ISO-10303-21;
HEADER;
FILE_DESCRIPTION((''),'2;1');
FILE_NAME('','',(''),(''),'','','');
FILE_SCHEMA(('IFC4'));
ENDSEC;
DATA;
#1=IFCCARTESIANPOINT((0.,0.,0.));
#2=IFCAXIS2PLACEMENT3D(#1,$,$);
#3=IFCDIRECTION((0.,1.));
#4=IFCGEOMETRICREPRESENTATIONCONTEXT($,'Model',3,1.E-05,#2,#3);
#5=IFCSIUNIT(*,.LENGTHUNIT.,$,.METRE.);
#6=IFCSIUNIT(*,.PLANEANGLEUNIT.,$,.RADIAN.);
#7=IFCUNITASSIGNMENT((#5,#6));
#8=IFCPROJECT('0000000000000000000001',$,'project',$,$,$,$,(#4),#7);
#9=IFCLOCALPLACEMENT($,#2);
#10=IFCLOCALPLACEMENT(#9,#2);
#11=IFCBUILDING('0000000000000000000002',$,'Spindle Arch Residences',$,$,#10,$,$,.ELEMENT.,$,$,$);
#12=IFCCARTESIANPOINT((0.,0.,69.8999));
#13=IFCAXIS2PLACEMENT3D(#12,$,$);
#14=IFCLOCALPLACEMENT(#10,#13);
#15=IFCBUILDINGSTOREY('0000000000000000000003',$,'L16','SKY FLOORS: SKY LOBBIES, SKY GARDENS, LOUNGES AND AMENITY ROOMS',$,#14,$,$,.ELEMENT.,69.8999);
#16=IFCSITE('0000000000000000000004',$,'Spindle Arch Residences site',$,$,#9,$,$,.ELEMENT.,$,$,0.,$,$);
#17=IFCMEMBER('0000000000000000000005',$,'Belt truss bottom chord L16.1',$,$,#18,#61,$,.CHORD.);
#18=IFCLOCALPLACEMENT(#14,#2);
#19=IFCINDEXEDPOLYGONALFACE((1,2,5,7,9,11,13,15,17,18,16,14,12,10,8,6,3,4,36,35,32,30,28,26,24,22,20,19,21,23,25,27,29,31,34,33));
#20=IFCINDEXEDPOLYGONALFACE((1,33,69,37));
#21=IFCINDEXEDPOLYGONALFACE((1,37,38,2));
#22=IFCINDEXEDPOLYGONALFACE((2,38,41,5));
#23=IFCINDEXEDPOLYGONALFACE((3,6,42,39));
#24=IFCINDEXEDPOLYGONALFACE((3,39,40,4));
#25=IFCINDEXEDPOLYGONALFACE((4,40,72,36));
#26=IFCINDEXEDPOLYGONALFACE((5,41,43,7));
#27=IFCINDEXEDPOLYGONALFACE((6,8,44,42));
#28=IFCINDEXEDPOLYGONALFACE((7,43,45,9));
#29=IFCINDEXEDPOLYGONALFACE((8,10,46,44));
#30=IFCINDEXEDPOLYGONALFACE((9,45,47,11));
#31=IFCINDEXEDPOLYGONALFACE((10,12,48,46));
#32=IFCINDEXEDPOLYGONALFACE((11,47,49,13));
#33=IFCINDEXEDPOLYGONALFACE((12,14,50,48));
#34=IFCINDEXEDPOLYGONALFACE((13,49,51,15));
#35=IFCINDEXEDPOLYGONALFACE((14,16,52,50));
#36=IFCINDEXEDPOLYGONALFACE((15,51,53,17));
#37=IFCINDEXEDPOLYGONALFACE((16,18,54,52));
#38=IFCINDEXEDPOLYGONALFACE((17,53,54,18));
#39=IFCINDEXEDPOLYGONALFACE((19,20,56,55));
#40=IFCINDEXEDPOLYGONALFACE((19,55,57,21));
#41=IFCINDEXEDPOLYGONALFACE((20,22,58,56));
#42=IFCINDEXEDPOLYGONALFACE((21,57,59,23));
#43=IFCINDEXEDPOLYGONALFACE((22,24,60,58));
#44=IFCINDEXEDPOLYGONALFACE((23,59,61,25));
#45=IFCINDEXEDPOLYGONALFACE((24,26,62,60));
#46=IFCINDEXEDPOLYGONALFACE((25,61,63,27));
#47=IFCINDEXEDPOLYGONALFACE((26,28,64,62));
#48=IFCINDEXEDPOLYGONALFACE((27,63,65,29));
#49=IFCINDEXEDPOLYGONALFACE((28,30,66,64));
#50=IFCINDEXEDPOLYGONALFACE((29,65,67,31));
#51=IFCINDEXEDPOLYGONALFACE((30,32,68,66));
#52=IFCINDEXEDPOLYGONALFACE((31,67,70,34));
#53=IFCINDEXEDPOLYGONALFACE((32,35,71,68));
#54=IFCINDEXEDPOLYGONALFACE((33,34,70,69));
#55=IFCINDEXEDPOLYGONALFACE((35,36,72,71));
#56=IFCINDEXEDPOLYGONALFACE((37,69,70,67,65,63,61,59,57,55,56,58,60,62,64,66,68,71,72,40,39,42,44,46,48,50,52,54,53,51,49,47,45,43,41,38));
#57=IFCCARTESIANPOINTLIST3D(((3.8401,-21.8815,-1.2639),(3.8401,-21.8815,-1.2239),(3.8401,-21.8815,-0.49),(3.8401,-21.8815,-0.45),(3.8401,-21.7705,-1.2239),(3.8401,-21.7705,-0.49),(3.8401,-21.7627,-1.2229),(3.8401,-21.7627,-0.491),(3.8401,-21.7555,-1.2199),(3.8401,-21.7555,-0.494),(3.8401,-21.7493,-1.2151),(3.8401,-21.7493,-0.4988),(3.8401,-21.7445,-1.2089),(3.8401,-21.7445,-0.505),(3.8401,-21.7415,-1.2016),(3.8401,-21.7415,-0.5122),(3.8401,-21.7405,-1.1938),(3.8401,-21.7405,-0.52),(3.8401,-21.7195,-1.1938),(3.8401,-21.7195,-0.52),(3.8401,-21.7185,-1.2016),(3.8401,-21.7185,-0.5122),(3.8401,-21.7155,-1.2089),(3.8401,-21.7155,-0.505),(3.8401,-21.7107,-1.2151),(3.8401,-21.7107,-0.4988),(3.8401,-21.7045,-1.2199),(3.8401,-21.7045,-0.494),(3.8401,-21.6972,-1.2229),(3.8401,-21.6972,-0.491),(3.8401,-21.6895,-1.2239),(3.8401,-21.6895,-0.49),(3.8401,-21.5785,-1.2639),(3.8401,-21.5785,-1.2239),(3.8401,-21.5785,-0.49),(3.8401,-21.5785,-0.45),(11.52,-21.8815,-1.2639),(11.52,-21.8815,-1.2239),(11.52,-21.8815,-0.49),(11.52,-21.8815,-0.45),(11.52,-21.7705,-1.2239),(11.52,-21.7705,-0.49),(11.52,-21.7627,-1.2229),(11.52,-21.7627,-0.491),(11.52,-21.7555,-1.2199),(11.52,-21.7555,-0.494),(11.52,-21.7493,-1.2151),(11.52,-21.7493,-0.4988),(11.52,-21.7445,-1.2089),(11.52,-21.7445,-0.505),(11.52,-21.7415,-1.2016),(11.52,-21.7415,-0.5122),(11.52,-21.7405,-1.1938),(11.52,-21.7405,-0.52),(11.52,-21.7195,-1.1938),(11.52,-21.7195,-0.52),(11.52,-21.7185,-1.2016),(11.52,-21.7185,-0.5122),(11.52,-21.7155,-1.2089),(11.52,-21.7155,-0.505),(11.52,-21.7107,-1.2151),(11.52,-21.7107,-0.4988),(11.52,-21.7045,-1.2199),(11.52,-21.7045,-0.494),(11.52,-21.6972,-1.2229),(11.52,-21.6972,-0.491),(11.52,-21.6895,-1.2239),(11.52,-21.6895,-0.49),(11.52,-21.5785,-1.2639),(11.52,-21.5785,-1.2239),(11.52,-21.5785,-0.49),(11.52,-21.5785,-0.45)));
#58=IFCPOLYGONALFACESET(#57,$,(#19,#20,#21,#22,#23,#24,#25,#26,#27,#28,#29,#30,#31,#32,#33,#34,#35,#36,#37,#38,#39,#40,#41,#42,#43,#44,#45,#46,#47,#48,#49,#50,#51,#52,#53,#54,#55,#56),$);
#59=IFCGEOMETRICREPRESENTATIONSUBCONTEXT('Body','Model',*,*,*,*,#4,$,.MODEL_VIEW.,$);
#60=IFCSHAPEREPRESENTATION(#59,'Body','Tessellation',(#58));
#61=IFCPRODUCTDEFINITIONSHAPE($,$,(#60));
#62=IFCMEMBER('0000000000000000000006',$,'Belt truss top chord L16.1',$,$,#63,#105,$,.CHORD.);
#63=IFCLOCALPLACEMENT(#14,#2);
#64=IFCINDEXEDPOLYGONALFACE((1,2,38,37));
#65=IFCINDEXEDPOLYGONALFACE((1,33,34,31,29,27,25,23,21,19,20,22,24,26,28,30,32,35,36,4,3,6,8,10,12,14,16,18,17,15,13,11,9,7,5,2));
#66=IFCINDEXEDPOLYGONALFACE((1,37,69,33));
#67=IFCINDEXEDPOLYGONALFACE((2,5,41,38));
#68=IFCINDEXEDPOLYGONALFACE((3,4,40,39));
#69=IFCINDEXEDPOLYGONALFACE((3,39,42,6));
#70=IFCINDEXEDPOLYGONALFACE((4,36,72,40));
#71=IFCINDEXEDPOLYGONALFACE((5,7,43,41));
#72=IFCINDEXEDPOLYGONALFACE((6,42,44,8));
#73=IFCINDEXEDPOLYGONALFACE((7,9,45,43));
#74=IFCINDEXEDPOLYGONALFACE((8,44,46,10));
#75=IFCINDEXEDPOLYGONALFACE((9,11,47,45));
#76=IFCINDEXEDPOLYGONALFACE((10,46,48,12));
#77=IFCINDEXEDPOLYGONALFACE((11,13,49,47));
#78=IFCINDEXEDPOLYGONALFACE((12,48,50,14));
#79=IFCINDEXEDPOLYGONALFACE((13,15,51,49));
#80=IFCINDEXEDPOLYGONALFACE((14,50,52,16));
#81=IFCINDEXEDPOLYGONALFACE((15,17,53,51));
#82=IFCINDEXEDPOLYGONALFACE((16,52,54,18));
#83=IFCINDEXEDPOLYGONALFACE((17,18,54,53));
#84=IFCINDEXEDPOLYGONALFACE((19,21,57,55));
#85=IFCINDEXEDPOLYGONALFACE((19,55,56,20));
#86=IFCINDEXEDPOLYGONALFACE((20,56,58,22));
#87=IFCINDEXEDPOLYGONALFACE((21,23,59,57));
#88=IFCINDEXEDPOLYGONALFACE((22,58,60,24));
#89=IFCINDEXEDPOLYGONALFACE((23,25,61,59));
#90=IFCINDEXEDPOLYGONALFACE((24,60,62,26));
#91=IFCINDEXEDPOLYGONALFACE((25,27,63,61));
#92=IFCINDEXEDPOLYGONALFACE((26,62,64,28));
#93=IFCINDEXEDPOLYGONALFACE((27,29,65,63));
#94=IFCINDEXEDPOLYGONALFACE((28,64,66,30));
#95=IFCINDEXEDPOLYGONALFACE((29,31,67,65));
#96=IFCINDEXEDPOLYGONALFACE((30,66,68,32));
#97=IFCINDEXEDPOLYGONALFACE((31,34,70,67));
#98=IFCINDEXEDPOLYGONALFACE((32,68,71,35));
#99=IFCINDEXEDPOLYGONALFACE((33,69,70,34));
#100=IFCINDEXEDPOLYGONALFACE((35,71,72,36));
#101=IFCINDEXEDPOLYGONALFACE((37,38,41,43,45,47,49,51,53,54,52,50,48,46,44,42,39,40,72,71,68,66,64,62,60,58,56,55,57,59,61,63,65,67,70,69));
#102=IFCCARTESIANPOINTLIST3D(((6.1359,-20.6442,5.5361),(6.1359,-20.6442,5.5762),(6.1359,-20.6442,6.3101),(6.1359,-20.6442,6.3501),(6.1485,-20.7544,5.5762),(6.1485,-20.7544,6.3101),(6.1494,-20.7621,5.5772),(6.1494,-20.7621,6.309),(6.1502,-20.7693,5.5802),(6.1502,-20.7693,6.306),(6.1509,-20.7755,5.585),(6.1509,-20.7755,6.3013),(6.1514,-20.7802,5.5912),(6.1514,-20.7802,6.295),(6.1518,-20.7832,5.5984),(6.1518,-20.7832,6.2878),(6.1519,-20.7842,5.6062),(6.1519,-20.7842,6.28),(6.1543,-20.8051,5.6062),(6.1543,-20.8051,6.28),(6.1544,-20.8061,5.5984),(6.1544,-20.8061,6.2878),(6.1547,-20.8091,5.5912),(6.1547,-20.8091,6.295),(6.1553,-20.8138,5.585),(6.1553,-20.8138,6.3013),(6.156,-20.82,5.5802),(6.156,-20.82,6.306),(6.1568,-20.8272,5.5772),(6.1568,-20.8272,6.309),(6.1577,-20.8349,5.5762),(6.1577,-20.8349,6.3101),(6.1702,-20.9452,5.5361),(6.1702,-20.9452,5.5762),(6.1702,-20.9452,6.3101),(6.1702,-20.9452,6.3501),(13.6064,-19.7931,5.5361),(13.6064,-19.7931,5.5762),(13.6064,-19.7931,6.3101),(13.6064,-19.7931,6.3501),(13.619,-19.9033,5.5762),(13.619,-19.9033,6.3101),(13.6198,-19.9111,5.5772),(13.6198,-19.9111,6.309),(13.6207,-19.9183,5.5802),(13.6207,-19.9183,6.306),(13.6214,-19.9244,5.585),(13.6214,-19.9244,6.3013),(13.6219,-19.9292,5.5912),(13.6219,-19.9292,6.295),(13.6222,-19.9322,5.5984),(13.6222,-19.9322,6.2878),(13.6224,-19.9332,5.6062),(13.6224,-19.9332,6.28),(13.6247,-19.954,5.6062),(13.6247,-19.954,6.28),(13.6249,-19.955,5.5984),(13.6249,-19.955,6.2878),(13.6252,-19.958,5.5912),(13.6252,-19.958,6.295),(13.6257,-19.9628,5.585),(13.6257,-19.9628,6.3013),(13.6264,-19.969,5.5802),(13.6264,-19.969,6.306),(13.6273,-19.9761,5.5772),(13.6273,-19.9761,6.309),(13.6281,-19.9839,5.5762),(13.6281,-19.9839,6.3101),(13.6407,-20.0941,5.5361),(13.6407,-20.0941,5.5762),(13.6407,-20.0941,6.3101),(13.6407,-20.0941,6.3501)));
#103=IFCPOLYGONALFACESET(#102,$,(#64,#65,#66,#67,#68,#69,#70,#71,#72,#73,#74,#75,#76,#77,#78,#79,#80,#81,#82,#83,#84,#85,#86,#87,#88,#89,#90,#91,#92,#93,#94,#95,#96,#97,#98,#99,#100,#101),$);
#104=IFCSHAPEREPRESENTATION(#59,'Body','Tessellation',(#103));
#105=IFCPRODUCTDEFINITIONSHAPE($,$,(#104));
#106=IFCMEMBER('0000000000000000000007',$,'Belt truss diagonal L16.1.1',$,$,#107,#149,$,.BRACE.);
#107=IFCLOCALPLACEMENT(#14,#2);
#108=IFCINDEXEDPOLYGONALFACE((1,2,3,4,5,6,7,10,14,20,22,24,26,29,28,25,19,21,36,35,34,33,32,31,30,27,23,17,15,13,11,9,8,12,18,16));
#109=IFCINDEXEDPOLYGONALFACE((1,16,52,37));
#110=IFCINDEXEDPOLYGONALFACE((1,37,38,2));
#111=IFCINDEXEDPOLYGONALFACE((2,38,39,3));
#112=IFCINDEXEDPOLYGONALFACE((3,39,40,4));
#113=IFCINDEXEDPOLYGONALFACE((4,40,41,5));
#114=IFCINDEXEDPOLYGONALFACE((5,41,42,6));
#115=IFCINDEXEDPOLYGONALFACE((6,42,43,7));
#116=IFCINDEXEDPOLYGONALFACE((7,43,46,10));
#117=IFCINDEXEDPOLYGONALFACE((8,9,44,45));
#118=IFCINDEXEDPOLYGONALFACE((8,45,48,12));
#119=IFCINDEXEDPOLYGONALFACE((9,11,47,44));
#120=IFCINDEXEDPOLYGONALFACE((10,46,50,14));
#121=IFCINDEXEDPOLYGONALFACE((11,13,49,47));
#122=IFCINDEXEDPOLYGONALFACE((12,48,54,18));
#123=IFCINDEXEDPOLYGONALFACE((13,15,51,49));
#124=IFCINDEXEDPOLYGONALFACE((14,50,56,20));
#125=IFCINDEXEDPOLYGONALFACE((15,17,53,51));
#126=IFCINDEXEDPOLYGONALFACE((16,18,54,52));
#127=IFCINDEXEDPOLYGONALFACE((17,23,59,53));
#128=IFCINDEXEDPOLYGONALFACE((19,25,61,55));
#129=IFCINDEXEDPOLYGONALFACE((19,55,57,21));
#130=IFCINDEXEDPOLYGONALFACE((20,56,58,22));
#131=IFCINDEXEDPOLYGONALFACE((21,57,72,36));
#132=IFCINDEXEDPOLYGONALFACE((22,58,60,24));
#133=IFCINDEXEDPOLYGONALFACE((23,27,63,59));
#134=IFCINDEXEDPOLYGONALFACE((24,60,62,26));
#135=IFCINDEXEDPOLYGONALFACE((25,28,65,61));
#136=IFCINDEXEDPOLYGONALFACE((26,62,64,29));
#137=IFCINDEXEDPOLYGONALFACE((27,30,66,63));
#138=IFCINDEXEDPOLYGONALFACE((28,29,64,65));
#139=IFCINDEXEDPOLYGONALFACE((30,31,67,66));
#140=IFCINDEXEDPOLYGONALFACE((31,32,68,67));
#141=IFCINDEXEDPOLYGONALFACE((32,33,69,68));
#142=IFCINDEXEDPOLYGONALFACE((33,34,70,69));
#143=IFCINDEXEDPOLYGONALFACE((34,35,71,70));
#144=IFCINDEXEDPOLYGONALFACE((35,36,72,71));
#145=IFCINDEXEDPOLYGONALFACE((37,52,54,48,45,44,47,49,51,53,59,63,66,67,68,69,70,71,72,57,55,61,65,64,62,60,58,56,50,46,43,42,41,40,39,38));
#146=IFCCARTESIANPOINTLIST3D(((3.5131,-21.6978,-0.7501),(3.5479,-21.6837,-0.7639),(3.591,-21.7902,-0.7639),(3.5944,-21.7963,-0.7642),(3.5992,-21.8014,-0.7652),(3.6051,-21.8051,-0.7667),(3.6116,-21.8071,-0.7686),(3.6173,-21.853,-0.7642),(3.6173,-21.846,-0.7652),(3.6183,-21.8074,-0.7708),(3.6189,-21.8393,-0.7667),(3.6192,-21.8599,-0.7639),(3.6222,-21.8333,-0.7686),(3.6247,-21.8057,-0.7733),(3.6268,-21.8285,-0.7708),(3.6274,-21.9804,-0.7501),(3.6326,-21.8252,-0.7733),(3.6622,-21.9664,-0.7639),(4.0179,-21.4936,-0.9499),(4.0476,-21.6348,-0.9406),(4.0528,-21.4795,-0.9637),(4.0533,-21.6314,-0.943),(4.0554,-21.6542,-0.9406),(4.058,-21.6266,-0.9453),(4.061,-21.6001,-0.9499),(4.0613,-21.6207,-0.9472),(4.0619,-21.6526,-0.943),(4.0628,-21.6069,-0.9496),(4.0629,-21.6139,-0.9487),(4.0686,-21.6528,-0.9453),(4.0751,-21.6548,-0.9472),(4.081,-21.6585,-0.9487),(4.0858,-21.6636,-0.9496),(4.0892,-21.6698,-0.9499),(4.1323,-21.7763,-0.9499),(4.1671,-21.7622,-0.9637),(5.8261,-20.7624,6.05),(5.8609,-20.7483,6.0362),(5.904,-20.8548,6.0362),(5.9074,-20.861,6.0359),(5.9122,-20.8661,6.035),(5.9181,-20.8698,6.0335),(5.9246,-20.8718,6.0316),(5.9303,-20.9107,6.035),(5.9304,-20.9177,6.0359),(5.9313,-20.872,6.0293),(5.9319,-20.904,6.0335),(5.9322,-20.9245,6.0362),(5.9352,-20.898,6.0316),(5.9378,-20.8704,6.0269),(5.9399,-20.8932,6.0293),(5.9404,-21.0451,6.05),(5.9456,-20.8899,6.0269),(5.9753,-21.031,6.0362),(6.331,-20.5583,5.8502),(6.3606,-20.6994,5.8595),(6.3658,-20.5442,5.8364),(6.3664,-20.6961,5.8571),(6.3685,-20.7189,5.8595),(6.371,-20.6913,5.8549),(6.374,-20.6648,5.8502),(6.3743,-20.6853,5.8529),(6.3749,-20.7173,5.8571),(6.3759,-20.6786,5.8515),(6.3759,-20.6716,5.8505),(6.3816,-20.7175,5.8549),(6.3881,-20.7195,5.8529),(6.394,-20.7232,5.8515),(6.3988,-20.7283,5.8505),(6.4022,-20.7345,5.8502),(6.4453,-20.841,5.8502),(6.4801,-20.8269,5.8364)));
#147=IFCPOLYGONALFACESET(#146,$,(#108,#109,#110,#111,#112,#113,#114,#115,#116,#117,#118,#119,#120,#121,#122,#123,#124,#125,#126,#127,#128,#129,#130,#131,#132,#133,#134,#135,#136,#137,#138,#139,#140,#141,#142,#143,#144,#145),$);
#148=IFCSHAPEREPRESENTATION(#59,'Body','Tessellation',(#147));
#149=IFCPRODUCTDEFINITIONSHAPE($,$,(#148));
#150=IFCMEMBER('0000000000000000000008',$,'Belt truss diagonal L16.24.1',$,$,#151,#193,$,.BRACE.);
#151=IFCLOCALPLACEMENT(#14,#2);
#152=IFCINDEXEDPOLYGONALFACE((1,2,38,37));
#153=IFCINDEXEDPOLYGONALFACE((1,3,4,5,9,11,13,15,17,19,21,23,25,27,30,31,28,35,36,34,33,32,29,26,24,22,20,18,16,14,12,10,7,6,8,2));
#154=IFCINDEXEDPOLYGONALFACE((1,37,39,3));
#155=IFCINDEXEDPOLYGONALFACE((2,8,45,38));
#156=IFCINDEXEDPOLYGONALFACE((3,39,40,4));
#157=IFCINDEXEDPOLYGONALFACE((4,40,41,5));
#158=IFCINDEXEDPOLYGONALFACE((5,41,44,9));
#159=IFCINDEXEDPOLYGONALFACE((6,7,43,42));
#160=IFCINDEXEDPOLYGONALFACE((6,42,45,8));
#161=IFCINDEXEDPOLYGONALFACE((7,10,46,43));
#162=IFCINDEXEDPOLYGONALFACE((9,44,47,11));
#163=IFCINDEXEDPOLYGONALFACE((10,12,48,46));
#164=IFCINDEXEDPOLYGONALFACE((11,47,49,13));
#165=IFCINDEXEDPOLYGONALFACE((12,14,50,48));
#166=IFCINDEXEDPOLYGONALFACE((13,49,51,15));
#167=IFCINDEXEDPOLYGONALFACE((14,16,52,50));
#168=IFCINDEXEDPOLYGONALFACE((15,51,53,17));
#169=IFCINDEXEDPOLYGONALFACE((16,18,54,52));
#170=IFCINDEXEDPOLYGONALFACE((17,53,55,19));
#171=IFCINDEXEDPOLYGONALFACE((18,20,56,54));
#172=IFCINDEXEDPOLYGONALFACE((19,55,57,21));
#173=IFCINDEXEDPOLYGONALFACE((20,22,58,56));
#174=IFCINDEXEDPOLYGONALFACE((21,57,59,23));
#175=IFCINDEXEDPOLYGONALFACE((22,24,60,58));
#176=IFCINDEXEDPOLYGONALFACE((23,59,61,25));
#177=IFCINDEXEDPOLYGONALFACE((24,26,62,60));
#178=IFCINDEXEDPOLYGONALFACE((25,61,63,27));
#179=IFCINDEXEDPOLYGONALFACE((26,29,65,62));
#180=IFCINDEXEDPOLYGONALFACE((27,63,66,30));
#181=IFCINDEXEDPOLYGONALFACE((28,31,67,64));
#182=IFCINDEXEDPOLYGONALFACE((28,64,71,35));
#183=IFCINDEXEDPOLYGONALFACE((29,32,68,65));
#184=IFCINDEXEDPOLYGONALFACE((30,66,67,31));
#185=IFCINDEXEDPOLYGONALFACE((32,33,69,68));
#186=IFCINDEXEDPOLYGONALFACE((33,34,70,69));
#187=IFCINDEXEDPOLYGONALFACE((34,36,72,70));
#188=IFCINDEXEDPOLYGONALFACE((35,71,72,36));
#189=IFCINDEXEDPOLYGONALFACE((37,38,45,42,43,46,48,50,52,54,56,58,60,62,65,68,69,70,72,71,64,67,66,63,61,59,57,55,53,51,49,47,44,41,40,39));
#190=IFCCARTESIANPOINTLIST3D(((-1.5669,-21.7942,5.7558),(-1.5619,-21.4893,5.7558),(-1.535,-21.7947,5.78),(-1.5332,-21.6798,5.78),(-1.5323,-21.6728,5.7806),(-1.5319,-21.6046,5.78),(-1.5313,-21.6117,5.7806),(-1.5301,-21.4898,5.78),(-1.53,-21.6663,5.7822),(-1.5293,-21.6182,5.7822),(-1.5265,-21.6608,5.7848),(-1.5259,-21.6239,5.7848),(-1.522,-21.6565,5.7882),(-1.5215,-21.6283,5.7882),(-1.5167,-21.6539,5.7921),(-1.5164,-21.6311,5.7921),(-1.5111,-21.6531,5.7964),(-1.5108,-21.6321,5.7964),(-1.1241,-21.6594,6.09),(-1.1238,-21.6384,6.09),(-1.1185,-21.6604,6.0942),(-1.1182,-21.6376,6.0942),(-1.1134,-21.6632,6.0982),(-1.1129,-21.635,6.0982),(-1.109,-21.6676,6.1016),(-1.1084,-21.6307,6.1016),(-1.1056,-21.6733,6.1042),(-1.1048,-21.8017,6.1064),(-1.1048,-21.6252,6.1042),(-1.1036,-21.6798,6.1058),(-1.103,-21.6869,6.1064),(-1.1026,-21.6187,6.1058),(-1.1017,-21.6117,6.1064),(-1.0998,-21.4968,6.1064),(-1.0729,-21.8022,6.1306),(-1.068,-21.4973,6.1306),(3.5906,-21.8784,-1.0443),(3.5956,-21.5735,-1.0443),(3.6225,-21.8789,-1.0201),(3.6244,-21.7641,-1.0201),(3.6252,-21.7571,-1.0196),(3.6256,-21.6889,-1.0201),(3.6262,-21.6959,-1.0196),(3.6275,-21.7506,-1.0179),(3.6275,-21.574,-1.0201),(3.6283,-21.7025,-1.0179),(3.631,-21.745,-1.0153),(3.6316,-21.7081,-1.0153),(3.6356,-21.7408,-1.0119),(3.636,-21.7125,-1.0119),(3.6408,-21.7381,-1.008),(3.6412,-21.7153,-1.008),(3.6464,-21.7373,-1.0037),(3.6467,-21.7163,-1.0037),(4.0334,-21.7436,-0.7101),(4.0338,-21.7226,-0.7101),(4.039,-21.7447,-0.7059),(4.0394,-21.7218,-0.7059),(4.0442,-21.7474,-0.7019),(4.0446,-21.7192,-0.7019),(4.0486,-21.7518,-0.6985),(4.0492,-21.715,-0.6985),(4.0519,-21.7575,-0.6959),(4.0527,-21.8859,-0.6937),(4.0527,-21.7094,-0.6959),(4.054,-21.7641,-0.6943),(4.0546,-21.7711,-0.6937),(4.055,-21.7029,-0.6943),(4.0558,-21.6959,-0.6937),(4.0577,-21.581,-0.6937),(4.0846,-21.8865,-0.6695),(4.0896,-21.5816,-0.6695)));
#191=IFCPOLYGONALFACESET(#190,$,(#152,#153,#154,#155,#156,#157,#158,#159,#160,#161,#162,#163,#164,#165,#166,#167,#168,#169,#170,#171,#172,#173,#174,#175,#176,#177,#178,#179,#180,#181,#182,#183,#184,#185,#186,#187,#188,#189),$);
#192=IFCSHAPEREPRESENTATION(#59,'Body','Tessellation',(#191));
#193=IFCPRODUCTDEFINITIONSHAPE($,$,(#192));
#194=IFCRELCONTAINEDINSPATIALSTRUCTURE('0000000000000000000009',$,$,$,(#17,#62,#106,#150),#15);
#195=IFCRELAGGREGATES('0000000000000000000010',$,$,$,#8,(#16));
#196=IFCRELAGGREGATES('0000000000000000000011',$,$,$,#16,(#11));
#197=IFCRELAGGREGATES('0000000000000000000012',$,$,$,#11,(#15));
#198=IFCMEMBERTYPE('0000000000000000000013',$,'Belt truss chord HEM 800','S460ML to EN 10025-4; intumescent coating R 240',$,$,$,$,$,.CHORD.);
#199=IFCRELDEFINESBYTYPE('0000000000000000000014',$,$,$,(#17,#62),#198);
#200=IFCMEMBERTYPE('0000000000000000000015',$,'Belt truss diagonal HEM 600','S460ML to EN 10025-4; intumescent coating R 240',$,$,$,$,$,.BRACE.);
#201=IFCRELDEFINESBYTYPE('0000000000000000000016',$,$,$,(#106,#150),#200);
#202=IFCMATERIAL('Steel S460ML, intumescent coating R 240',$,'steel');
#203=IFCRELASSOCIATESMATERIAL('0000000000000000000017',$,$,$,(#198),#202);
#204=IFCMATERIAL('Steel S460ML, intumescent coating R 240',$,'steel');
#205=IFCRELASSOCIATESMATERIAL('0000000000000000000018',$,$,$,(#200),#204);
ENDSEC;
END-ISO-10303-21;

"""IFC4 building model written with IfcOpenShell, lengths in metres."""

from ifc_helpers import new_model, si_unit, direction, frame, origin, origin_2d, place, context, subcontext, project, spatial, i_section, extrude, material, material_profile, profile_set, type_object, element, save


model = new_model("IFC4")

# Units and contexts
model_context = context("Model", 3, precision=1e-05, world=origin(), true_north=direction((0.0, 1.0)))
body_context = subcontext(model_context, "Body", "Model", "MODEL_VIEW")
ifc_project = project(units=[si_unit("LENGTHUNIT", "METRE"), si_unit("PLANEANGLEUNIT", "RADIAN")], contexts=[model_context])

# Site, building, storey
site_placement = place(None, origin())
site = spatial("IfcSite", under=ifc_project, at=site_placement, Name="Spindle Arch Residences site", CompositionType="ELEMENT", RefElevation=0.0)
building_placement = place(site_placement, origin())
building = spatial("IfcBuilding", under=site, at=building_placement, Name="Spindle Arch Residences", CompositionType="ELEMENT")
storey_placement = place(building_placement, frame((0.0, 0.0, 69.8999)))
storey = spatial("IfcBuildingStorey", under=building, at=storey_placement, Name="L16", Description="SKY FLOORS: SKY LOBBIES, SKY GARDENS, LOUNGES AND AMENITY ROOMS", CompositionType="ELEMENT", Elevation=69.8999)

# Members
ifc_material_1 = material(Name="Steel S460ML, intumescent coating R 240", Category="steel")
ifc_material_profile_1 = material_profile(ifc_material_1, i_section(OverallWidth=0.303, OverallDepth=0.814, WebThickness=0.021, FlangeThickness=0.04, FilletRadius=0.03, at=origin_2d()), Name="HEM 800")
ifc_profile_set_1 = profile_set([ifc_material_profile_1], Name="Steel S460ML, intumescent coating R 240")
member_type_1 = type_object("IfcMemberType", Name="Belt truss chord HEM 800", Description="S460ML to EN 10025-4; intumescent coating R 240", PredefinedType="CHORD", material=ifc_profile_set_1)
member_1_placement = place(storey_placement, frame((3.8401, -21.73, -0.8569), z_axis=(1.0, 0.0, 0.0), x_axis=(0.0, 1.0, 0.0)))
element("IfcMember", 1, at=member_1_placement, inside=storey, type_object=member_type_1, Name="Belt truss bottom chord L16.1", PredefinedType="CHORD", context=body_context, shape_type="SweptSolid", body=[
    extrude(i_section(OverallWidth=0.303, OverallDepth=0.814, WebThickness=0.021, FlangeThickness=0.04, FilletRadius=0.03, at=origin_2d()), origin(), (0.0, 0.0, 1.0), 7.6799),
])
member_2_placement = place(storey_placement, frame((6.1531, -20.7947, 5.9431), z_axis=(0.993573, 0.113193, 0.0), x_axis=(-0.113193, 0.993573, 0.0)))
element("IfcMember", 2, at=member_2_placement, inside=storey, type_object=member_type_1, Name="Belt truss top chord L16.1", PredefinedType="CHORD", context=body_context, shape_type="SweptSolid", body=[
    extrude(i_section(OverallWidth=0.303, OverallDepth=0.814, WebThickness=0.021, FlangeThickness=0.04, FilletRadius=0.03, at=origin_2d()), origin(), (0.0, 0.0, 1.0), 7.5188),
])
ifc_material_2 = material(Name="Steel S460ML, intumescent coating R 240", Category="steel")
ifc_material_profile_2 = material_profile(ifc_material_2, i_section(OverallWidth=0.3049, OverallDepth=0.6201, WebThickness=0.021, FlangeThickness=0.04, FilletRadius=0.0271, at=origin_2d()), Name="HEM 600")
ifc_profile_set_2 = profile_set([ifc_material_profile_2], Name="Steel S460ML, intumescent coating R 240")
member_type_2 = type_object("IfcMemberType", Name="Belt truss diagonal HEM 600", Description="S460ML to EN 10025-4; intumescent coating R 240", PredefinedType="BRACE", material=ifc_profile_set_2)
member_3_placement = place(storey_placement, frame((3.8401, -21.73, -0.8569), z_axis=(0.319328, 0.129127, 0.938806), x_axis=(-0.37488, 0.927073, 0.0)))
element("IfcMember", 3, at=member_3_placement, inside=storey, type_object=member_type_2, Name="Belt truss diagonal L16.1.1", PredefinedType="BRACE", context=body_context, shape_type="SweptSolid", body=[
    extrude(i_section(OverallWidth=0.3049, OverallDepth=0.6201, WebThickness=0.021, FlangeThickness=0.04, FilletRadius=0.0271, at=origin_2d()), origin(), (0.0, 0.0, 1.0), 7.2434),
])
member_4_placement = place(storey_placement, frame((3.8401, -21.73, -0.8569), z_axis=(-0.604269, 0.009869, 0.796719), x_axis=(-0.016329, -0.999867, 0.0)))
element("IfcMember", 4, at=member_4_placement, inside=storey, type_object=member_type_2, Name="Belt truss diagonal L16.24.1", PredefinedType="BRACE", context=body_context, shape_type="SweptSolid", body=[
    extrude(i_section(OverallWidth=0.3049, OverallDepth=0.6201, WebThickness=0.021, FlangeThickness=0.04, FilletRadius=0.0271, at=origin_2d()), origin(), (0.0, 0.0, 1.0), 8.5352),
])

save(model, "model.ifc")
